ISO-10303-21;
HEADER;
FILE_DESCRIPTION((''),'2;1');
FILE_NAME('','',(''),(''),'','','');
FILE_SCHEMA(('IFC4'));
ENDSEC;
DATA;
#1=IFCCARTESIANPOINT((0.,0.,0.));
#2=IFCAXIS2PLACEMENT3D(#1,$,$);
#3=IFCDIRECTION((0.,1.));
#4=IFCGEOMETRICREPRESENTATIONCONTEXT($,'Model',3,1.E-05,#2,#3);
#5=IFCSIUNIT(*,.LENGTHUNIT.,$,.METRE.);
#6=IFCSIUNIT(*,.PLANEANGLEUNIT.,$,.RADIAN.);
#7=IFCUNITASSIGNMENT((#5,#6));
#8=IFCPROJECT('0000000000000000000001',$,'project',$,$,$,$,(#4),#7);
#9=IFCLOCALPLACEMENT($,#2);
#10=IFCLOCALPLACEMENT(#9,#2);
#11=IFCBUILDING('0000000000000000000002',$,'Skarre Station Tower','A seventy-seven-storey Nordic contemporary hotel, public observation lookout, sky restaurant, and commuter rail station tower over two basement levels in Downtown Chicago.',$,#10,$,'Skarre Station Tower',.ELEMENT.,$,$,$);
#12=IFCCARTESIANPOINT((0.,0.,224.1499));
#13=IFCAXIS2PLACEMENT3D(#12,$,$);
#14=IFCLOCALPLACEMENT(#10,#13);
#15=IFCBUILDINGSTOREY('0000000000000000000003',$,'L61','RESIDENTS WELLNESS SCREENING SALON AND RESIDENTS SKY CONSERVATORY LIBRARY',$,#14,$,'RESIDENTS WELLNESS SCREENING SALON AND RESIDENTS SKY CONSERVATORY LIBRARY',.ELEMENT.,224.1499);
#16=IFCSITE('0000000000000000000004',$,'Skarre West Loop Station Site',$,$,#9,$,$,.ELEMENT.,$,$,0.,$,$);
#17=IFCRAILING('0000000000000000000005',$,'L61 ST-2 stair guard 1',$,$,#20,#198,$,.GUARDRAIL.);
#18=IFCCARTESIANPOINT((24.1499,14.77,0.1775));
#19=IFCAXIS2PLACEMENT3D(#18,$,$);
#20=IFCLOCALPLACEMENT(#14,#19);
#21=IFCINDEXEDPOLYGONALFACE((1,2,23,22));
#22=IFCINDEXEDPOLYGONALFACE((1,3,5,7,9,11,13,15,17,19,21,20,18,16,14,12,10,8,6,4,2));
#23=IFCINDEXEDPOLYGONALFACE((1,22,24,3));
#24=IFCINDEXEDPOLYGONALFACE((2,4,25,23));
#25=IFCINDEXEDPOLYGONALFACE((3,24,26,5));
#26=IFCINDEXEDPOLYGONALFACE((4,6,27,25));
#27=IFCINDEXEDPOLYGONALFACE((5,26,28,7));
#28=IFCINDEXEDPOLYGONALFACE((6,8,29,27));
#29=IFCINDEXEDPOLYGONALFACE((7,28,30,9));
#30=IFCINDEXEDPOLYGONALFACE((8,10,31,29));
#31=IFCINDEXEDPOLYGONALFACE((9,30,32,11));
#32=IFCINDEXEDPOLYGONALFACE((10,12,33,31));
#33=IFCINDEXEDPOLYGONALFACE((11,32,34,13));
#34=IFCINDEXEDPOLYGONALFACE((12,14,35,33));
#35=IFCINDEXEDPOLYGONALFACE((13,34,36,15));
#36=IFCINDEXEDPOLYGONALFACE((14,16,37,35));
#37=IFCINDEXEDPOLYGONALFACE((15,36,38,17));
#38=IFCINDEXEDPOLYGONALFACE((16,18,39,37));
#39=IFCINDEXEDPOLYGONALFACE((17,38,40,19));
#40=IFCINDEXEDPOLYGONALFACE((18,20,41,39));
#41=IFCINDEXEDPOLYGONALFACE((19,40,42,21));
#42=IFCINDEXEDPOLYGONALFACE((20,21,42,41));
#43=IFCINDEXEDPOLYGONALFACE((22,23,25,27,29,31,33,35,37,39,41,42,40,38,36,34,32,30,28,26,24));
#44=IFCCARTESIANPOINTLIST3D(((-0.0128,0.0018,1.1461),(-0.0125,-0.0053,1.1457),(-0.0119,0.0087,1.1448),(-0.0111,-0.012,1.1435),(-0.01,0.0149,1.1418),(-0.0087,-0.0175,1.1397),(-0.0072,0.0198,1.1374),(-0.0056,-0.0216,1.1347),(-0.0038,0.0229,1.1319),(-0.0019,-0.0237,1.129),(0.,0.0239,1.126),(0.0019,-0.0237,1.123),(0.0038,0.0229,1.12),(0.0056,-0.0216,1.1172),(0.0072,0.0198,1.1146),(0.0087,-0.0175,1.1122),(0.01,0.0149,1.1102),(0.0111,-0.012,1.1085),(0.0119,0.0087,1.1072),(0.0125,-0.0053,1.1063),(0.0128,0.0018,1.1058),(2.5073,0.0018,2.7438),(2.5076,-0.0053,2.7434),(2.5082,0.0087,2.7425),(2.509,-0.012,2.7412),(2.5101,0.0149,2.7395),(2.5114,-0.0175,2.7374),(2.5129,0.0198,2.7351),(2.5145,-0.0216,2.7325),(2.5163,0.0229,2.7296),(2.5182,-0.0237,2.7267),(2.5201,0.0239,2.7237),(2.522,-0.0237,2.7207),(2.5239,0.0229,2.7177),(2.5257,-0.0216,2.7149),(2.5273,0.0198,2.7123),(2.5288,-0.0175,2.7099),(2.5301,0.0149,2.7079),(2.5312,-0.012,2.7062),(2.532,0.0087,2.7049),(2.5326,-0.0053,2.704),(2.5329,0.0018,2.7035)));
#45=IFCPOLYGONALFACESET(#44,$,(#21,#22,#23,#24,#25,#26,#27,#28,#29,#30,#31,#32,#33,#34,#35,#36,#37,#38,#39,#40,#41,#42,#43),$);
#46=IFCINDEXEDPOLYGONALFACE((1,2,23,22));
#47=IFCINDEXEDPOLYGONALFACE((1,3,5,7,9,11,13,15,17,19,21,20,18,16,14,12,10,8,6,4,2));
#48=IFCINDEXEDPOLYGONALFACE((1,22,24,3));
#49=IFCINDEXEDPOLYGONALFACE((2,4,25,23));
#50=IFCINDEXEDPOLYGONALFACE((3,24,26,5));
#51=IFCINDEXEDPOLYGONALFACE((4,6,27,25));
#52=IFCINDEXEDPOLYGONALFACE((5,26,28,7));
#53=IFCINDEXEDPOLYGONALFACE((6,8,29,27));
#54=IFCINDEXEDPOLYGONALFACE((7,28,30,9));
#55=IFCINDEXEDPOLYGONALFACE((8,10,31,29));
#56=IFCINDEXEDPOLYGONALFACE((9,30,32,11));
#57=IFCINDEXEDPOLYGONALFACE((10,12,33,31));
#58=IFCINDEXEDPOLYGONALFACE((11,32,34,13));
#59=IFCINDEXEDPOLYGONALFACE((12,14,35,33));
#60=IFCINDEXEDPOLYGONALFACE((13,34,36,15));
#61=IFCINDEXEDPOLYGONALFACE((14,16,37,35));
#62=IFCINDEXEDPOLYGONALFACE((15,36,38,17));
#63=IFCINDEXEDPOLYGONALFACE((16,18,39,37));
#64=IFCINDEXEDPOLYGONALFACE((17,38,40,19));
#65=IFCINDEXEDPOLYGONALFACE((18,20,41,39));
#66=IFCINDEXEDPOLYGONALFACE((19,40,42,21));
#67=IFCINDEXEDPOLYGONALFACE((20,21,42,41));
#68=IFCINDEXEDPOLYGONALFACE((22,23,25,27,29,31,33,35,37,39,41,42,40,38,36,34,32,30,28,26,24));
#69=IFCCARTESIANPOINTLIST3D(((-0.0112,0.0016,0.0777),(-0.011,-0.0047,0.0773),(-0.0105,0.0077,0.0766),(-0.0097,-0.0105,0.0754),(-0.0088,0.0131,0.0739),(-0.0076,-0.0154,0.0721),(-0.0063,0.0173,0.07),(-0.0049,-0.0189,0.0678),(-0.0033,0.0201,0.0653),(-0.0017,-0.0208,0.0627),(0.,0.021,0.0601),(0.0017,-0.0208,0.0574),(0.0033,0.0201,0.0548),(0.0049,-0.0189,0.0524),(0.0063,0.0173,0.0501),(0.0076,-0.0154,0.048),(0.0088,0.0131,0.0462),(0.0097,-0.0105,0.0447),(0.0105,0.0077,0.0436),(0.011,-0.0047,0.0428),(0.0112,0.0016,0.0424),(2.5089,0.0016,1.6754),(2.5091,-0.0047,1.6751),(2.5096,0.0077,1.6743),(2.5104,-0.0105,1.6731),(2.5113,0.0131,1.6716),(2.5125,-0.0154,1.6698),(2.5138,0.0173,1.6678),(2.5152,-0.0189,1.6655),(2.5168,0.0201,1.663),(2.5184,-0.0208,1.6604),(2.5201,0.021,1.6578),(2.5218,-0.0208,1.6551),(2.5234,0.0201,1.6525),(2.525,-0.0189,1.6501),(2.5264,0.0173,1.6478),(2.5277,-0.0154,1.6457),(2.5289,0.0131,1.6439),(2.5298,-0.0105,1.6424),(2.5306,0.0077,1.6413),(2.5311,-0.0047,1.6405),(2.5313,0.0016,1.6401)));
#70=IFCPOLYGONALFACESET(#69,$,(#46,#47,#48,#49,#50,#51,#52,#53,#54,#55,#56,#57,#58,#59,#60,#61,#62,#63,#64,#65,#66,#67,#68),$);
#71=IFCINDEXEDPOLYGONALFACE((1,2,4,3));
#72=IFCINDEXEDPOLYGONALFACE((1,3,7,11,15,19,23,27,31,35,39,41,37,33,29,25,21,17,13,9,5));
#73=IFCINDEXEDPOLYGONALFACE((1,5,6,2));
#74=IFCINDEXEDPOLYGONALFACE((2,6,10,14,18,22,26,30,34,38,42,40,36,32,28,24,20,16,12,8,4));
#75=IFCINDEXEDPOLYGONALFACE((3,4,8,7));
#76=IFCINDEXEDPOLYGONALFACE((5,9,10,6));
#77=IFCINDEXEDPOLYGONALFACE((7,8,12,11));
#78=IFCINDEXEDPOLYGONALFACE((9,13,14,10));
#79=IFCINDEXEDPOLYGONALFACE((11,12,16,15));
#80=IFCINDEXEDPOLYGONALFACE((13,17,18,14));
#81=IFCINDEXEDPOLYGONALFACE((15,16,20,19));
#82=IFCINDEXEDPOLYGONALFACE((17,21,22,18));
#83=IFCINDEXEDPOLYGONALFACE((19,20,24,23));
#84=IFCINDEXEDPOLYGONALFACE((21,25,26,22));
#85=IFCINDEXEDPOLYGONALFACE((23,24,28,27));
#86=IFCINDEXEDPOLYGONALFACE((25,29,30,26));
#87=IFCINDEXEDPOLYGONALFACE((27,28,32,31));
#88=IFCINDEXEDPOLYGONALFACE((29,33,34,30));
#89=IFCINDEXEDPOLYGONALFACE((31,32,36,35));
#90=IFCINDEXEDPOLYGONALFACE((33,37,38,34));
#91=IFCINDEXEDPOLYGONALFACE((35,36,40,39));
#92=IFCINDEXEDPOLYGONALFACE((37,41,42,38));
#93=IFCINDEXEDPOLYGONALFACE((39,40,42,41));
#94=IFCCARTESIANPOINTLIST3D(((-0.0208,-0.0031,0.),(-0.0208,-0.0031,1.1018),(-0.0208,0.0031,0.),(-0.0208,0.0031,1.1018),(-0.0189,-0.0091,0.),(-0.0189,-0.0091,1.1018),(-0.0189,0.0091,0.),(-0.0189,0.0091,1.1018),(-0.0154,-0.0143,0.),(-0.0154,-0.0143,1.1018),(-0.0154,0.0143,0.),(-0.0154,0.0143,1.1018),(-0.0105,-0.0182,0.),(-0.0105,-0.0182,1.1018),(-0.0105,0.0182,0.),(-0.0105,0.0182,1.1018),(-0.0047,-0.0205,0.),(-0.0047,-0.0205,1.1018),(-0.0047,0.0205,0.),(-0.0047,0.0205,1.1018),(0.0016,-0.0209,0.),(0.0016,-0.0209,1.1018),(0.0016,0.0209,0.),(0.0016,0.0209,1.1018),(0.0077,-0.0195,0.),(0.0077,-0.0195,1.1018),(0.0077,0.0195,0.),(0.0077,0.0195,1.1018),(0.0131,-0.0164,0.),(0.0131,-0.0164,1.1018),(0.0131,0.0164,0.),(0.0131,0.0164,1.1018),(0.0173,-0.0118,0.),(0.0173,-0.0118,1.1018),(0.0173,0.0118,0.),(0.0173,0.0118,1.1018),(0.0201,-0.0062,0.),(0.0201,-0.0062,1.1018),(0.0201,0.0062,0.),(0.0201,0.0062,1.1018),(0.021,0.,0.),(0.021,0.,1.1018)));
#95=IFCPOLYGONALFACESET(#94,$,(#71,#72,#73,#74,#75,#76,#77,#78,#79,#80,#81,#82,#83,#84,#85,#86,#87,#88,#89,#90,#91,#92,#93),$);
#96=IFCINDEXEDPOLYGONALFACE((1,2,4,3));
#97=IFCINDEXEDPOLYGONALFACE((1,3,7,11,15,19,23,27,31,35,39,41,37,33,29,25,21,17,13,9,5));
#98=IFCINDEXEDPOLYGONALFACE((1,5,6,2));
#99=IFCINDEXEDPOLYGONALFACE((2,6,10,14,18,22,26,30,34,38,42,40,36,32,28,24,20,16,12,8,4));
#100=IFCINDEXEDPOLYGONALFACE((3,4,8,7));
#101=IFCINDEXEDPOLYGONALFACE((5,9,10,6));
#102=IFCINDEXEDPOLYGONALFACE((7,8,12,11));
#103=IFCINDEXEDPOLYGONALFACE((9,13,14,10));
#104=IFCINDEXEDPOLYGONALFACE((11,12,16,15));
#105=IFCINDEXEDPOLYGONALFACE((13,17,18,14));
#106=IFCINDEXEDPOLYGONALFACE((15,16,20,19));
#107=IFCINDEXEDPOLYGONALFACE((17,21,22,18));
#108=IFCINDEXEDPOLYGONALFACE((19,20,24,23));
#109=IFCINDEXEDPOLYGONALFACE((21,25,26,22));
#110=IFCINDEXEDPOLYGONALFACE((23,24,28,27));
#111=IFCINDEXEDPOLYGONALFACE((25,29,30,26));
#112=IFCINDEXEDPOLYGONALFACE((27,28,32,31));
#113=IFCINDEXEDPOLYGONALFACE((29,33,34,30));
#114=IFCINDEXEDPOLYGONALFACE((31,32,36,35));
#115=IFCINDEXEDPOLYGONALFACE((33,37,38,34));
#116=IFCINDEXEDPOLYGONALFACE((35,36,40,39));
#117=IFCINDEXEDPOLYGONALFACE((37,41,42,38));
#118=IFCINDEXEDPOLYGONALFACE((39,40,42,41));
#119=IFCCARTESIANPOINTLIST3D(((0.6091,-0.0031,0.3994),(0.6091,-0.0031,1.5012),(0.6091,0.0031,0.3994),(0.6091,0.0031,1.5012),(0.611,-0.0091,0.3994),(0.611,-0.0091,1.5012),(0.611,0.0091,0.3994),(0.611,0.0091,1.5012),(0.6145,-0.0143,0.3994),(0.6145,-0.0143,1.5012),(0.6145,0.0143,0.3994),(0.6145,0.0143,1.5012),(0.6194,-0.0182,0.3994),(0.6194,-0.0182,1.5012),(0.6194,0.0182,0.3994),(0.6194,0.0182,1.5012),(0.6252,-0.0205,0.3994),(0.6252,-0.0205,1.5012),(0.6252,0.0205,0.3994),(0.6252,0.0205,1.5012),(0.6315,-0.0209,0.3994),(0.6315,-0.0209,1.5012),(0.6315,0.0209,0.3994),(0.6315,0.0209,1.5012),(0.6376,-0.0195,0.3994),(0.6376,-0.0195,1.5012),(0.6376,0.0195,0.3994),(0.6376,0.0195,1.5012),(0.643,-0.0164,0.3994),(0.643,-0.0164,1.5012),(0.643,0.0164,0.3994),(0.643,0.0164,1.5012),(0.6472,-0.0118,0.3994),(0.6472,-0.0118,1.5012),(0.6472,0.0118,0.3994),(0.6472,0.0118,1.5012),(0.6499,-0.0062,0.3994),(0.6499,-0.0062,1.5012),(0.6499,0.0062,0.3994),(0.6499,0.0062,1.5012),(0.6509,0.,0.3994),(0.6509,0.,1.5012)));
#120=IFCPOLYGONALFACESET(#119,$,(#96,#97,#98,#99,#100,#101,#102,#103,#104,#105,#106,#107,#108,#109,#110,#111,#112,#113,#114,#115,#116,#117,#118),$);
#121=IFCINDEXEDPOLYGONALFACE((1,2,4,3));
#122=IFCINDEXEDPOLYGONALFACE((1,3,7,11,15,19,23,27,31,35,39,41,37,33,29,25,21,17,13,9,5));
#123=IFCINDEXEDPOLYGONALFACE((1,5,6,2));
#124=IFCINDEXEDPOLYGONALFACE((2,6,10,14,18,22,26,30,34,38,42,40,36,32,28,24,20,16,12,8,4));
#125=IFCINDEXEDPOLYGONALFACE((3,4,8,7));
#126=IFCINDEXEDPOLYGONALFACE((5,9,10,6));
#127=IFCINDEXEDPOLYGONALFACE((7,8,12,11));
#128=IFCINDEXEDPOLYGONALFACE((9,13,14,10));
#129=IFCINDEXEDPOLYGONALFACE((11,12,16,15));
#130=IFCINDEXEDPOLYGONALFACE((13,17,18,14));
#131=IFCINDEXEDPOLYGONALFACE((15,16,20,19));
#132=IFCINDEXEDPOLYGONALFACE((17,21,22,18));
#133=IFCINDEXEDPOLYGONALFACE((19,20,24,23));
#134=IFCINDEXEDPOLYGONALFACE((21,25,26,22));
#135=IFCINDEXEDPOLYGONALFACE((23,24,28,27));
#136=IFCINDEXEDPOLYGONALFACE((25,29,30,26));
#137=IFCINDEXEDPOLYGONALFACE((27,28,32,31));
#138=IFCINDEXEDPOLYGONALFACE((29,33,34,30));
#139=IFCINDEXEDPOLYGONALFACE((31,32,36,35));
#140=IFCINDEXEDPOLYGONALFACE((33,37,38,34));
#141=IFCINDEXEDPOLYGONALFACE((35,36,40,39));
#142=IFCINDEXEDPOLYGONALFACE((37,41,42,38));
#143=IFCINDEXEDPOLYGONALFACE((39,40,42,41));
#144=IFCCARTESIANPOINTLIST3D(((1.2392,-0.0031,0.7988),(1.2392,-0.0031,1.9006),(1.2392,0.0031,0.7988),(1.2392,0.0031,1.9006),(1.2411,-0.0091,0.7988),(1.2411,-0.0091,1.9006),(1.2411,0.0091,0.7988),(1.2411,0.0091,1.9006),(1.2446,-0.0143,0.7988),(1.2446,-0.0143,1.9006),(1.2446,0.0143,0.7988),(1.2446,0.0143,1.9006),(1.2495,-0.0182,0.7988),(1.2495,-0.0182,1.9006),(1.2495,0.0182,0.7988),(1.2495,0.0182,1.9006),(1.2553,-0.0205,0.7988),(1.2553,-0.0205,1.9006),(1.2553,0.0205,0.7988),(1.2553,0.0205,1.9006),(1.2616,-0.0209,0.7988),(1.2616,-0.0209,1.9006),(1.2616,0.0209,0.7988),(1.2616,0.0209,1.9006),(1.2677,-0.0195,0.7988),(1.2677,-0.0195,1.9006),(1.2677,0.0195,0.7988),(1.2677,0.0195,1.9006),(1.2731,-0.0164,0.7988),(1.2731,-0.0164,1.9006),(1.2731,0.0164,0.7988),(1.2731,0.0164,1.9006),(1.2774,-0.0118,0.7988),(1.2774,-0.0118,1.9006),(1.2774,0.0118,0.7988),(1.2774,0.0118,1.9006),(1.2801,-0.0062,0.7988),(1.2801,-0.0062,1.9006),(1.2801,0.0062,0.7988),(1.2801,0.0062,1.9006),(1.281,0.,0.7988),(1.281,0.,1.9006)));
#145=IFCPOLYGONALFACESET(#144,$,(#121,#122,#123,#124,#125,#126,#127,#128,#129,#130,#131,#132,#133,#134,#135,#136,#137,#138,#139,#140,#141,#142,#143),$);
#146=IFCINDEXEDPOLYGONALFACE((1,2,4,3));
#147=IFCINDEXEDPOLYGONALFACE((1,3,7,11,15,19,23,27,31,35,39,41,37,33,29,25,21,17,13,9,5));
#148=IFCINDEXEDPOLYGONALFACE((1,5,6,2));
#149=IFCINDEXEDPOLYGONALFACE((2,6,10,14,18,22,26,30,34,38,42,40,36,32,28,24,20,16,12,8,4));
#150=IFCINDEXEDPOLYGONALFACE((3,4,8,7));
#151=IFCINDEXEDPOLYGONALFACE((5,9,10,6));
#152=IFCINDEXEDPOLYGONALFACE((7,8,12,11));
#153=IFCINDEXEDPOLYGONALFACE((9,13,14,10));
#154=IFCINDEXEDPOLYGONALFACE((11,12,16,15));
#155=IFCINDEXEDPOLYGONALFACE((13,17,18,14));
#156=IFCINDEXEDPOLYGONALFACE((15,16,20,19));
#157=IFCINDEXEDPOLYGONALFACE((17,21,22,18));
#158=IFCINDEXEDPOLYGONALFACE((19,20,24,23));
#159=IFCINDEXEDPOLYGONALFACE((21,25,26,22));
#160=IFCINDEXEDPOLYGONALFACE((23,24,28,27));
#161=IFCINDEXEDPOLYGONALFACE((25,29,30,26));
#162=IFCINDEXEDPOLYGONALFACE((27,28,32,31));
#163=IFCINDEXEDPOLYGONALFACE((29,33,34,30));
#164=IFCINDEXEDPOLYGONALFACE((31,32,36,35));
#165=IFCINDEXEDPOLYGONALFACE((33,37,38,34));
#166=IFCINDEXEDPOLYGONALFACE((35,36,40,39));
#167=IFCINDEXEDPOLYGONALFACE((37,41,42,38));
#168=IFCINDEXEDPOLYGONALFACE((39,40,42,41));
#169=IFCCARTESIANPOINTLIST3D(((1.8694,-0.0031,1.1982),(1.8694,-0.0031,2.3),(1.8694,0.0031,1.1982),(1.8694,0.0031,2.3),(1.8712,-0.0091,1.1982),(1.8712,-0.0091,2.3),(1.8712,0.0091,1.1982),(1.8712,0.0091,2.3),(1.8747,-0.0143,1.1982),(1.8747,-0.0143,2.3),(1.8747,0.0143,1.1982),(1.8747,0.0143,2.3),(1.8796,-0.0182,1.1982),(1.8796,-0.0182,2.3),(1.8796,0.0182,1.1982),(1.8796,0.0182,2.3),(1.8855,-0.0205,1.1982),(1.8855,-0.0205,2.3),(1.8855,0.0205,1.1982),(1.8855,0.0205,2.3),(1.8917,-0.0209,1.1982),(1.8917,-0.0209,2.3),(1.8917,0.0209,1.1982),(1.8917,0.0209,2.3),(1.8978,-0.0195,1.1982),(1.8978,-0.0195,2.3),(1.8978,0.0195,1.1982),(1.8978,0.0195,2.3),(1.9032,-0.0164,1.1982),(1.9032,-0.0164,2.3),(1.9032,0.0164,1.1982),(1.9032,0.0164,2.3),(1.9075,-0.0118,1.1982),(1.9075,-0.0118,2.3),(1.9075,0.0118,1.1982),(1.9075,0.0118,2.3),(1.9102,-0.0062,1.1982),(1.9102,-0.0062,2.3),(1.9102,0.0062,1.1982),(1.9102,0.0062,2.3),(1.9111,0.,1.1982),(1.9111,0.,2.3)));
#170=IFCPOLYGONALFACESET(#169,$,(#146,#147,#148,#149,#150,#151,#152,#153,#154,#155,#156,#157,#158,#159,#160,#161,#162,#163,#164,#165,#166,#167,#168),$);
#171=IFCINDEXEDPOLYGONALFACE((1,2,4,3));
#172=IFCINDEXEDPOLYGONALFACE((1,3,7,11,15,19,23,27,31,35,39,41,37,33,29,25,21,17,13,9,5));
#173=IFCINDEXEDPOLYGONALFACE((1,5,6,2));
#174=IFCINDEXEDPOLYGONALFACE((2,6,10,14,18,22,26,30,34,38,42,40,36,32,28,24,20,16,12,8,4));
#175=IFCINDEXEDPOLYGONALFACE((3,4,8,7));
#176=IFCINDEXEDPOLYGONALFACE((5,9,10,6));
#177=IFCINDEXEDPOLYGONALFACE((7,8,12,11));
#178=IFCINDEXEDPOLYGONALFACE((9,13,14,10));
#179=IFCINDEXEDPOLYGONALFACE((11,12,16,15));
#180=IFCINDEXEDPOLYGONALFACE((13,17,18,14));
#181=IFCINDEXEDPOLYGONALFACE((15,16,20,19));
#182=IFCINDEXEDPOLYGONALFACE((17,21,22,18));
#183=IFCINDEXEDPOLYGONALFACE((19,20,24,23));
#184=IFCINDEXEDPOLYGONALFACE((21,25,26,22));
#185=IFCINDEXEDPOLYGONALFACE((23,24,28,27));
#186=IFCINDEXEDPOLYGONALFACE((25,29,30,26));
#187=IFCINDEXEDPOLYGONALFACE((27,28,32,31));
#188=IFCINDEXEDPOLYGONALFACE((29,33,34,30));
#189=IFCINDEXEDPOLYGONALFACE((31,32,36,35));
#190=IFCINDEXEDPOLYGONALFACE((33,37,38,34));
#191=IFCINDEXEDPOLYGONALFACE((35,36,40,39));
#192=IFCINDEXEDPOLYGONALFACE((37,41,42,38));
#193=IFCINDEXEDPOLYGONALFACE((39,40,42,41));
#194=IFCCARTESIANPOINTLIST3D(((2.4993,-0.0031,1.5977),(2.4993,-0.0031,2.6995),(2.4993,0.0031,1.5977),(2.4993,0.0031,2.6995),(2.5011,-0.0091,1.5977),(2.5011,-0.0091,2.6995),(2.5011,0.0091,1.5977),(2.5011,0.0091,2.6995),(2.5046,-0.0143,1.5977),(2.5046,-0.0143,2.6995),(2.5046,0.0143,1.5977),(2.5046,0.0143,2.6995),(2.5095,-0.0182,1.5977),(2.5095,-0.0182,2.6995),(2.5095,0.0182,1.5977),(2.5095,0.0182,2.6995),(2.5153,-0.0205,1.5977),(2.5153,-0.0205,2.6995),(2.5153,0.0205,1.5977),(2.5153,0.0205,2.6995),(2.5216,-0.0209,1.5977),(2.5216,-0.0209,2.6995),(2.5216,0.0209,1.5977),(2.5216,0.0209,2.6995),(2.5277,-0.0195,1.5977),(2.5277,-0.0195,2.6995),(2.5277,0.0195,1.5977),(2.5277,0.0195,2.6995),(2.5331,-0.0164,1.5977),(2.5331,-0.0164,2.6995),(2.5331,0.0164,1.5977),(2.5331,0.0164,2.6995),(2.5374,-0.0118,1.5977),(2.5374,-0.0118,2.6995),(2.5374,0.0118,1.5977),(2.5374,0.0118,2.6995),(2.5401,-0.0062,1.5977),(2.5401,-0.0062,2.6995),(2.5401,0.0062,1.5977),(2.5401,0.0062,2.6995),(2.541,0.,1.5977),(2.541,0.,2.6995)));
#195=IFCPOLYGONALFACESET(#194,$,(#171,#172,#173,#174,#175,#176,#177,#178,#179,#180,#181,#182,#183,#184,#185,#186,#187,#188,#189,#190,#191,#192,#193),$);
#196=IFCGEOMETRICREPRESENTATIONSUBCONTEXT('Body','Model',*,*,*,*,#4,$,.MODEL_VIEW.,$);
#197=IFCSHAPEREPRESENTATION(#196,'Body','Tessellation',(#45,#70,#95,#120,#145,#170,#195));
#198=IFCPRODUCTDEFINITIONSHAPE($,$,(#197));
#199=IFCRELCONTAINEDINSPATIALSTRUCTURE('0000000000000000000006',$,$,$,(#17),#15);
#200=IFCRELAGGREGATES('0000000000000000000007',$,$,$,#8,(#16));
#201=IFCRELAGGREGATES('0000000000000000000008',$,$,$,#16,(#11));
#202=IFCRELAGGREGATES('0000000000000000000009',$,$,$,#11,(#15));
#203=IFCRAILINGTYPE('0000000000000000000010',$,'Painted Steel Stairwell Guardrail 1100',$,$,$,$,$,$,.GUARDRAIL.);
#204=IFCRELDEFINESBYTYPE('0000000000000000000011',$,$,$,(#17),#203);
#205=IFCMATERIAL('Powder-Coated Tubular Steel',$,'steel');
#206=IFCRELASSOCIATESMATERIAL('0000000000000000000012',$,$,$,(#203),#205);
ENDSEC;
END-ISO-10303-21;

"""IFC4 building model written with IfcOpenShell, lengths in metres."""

from ifc_helpers import new_model, si_unit, direction, frame, origin, origin_2d, place, context, subcontext, project, spatial, circle, extrude, material, type_object, element, save


model = new_model("IFC4")

# Units and contexts
model_context = context("Model", 3, precision=1e-05, world=origin(), true_north=direction((0.0, 1.0)))
body_context = subcontext(model_context, "Body", "Model", "MODEL_VIEW")
ifc_project = project(units=[si_unit("LENGTHUNIT", "METRE"), si_unit("PLANEANGLEUNIT", "RADIAN")], contexts=[model_context])

# Site, building, storey
site_placement = place(None, origin())
site = spatial("IfcSite", under=ifc_project, at=site_placement, Name="Skarre West Loop Station Site", CompositionType="ELEMENT", RefElevation=0.0)
building_placement = place(site_placement, origin())
building = spatial("IfcBuilding", under=site, at=building_placement, Name="Skarre Station Tower", Description="A seventy-seven-storey Nordic contemporary hotel, public observation lookout, sky restaurant, and commuter rail station tower over two basement levels in Downtown Chicago.", LongName="Skarre Station Tower", CompositionType="ELEMENT")
storey_placement = place(building_placement, frame((0.0, 0.0, 224.1499)))
storey = spatial("IfcBuildingStorey", under=building, at=storey_placement, Name="L61", Description="RESIDENTS WELLNESS SCREENING SALON AND RESIDENTS SKY CONSERVATORY LIBRARY", LongName="RESIDENTS WELLNESS SCREENING SALON AND RESIDENTS SKY CONSERVATORY LIBRARY", CompositionType="ELEMENT", Elevation=224.1499)

# Railing
ifc_material_1 = material(Name="Powder-Coated Tubular Steel", Category="steel")
railing_type_1 = type_object("IfcRailingType", Name="Painted Steel Stairwell Guardrail 1100", PredefinedType="GUARDRAIL", material=ifc_material_1)
railing_1_placement = place(storey_placement, frame((24.1499, 14.77, 0.1775)))
element("IfcRailing", 1, at=railing_1_placement, inside=storey, type_object=railing_type_1, Name="L61 ST-2 stair guard 1", PredefinedType="GUARDRAIL", context=body_context, shape_type="SweptSolid", body=[
    extrude(circle(Radius=0.0239, at=origin_2d()), frame((0.0, 0.0, 1.126), z_axis=(0.84457, 0.0, 0.535445), x_axis=(0.0, 1.0, 0.0)), (0.0, 0.0, 1.0), 2.9839),
    extrude(circle(Radius=0.021, at=origin_2d()), frame((0.0, 0.0, 0.0601), z_axis=(0.84457, 0.0, 0.535445), x_axis=(0.0, 1.0, 0.0)), (0.0, 0.0, 1.0), 2.9839),
    extrude(circle(Radius=0.021, at=origin_2d()), origin(), (0.0, 0.0, 1.0), 1.1018),
    extrude(circle(Radius=0.021, at=origin_2d()), frame((0.6299, 0.0, 0.3994)), (0.0, 0.0, 1.0), 1.1018),
    extrude(circle(Radius=0.021, at=origin_2d()), frame((1.26, 0.0, 0.7988)), (0.0, 0.0, 1.0), 1.1018),
    extrude(circle(Radius=0.021, at=origin_2d()), frame((1.8901, 0.0, 1.1982)), (0.0, 0.0, 1.0), 1.1018),
    extrude(circle(Radius=0.021, at=origin_2d()), frame((2.52, 0.0, 1.5977)), (0.0, 0.0, 1.0), 1.1018),
])

save(model, "model.ifc")
